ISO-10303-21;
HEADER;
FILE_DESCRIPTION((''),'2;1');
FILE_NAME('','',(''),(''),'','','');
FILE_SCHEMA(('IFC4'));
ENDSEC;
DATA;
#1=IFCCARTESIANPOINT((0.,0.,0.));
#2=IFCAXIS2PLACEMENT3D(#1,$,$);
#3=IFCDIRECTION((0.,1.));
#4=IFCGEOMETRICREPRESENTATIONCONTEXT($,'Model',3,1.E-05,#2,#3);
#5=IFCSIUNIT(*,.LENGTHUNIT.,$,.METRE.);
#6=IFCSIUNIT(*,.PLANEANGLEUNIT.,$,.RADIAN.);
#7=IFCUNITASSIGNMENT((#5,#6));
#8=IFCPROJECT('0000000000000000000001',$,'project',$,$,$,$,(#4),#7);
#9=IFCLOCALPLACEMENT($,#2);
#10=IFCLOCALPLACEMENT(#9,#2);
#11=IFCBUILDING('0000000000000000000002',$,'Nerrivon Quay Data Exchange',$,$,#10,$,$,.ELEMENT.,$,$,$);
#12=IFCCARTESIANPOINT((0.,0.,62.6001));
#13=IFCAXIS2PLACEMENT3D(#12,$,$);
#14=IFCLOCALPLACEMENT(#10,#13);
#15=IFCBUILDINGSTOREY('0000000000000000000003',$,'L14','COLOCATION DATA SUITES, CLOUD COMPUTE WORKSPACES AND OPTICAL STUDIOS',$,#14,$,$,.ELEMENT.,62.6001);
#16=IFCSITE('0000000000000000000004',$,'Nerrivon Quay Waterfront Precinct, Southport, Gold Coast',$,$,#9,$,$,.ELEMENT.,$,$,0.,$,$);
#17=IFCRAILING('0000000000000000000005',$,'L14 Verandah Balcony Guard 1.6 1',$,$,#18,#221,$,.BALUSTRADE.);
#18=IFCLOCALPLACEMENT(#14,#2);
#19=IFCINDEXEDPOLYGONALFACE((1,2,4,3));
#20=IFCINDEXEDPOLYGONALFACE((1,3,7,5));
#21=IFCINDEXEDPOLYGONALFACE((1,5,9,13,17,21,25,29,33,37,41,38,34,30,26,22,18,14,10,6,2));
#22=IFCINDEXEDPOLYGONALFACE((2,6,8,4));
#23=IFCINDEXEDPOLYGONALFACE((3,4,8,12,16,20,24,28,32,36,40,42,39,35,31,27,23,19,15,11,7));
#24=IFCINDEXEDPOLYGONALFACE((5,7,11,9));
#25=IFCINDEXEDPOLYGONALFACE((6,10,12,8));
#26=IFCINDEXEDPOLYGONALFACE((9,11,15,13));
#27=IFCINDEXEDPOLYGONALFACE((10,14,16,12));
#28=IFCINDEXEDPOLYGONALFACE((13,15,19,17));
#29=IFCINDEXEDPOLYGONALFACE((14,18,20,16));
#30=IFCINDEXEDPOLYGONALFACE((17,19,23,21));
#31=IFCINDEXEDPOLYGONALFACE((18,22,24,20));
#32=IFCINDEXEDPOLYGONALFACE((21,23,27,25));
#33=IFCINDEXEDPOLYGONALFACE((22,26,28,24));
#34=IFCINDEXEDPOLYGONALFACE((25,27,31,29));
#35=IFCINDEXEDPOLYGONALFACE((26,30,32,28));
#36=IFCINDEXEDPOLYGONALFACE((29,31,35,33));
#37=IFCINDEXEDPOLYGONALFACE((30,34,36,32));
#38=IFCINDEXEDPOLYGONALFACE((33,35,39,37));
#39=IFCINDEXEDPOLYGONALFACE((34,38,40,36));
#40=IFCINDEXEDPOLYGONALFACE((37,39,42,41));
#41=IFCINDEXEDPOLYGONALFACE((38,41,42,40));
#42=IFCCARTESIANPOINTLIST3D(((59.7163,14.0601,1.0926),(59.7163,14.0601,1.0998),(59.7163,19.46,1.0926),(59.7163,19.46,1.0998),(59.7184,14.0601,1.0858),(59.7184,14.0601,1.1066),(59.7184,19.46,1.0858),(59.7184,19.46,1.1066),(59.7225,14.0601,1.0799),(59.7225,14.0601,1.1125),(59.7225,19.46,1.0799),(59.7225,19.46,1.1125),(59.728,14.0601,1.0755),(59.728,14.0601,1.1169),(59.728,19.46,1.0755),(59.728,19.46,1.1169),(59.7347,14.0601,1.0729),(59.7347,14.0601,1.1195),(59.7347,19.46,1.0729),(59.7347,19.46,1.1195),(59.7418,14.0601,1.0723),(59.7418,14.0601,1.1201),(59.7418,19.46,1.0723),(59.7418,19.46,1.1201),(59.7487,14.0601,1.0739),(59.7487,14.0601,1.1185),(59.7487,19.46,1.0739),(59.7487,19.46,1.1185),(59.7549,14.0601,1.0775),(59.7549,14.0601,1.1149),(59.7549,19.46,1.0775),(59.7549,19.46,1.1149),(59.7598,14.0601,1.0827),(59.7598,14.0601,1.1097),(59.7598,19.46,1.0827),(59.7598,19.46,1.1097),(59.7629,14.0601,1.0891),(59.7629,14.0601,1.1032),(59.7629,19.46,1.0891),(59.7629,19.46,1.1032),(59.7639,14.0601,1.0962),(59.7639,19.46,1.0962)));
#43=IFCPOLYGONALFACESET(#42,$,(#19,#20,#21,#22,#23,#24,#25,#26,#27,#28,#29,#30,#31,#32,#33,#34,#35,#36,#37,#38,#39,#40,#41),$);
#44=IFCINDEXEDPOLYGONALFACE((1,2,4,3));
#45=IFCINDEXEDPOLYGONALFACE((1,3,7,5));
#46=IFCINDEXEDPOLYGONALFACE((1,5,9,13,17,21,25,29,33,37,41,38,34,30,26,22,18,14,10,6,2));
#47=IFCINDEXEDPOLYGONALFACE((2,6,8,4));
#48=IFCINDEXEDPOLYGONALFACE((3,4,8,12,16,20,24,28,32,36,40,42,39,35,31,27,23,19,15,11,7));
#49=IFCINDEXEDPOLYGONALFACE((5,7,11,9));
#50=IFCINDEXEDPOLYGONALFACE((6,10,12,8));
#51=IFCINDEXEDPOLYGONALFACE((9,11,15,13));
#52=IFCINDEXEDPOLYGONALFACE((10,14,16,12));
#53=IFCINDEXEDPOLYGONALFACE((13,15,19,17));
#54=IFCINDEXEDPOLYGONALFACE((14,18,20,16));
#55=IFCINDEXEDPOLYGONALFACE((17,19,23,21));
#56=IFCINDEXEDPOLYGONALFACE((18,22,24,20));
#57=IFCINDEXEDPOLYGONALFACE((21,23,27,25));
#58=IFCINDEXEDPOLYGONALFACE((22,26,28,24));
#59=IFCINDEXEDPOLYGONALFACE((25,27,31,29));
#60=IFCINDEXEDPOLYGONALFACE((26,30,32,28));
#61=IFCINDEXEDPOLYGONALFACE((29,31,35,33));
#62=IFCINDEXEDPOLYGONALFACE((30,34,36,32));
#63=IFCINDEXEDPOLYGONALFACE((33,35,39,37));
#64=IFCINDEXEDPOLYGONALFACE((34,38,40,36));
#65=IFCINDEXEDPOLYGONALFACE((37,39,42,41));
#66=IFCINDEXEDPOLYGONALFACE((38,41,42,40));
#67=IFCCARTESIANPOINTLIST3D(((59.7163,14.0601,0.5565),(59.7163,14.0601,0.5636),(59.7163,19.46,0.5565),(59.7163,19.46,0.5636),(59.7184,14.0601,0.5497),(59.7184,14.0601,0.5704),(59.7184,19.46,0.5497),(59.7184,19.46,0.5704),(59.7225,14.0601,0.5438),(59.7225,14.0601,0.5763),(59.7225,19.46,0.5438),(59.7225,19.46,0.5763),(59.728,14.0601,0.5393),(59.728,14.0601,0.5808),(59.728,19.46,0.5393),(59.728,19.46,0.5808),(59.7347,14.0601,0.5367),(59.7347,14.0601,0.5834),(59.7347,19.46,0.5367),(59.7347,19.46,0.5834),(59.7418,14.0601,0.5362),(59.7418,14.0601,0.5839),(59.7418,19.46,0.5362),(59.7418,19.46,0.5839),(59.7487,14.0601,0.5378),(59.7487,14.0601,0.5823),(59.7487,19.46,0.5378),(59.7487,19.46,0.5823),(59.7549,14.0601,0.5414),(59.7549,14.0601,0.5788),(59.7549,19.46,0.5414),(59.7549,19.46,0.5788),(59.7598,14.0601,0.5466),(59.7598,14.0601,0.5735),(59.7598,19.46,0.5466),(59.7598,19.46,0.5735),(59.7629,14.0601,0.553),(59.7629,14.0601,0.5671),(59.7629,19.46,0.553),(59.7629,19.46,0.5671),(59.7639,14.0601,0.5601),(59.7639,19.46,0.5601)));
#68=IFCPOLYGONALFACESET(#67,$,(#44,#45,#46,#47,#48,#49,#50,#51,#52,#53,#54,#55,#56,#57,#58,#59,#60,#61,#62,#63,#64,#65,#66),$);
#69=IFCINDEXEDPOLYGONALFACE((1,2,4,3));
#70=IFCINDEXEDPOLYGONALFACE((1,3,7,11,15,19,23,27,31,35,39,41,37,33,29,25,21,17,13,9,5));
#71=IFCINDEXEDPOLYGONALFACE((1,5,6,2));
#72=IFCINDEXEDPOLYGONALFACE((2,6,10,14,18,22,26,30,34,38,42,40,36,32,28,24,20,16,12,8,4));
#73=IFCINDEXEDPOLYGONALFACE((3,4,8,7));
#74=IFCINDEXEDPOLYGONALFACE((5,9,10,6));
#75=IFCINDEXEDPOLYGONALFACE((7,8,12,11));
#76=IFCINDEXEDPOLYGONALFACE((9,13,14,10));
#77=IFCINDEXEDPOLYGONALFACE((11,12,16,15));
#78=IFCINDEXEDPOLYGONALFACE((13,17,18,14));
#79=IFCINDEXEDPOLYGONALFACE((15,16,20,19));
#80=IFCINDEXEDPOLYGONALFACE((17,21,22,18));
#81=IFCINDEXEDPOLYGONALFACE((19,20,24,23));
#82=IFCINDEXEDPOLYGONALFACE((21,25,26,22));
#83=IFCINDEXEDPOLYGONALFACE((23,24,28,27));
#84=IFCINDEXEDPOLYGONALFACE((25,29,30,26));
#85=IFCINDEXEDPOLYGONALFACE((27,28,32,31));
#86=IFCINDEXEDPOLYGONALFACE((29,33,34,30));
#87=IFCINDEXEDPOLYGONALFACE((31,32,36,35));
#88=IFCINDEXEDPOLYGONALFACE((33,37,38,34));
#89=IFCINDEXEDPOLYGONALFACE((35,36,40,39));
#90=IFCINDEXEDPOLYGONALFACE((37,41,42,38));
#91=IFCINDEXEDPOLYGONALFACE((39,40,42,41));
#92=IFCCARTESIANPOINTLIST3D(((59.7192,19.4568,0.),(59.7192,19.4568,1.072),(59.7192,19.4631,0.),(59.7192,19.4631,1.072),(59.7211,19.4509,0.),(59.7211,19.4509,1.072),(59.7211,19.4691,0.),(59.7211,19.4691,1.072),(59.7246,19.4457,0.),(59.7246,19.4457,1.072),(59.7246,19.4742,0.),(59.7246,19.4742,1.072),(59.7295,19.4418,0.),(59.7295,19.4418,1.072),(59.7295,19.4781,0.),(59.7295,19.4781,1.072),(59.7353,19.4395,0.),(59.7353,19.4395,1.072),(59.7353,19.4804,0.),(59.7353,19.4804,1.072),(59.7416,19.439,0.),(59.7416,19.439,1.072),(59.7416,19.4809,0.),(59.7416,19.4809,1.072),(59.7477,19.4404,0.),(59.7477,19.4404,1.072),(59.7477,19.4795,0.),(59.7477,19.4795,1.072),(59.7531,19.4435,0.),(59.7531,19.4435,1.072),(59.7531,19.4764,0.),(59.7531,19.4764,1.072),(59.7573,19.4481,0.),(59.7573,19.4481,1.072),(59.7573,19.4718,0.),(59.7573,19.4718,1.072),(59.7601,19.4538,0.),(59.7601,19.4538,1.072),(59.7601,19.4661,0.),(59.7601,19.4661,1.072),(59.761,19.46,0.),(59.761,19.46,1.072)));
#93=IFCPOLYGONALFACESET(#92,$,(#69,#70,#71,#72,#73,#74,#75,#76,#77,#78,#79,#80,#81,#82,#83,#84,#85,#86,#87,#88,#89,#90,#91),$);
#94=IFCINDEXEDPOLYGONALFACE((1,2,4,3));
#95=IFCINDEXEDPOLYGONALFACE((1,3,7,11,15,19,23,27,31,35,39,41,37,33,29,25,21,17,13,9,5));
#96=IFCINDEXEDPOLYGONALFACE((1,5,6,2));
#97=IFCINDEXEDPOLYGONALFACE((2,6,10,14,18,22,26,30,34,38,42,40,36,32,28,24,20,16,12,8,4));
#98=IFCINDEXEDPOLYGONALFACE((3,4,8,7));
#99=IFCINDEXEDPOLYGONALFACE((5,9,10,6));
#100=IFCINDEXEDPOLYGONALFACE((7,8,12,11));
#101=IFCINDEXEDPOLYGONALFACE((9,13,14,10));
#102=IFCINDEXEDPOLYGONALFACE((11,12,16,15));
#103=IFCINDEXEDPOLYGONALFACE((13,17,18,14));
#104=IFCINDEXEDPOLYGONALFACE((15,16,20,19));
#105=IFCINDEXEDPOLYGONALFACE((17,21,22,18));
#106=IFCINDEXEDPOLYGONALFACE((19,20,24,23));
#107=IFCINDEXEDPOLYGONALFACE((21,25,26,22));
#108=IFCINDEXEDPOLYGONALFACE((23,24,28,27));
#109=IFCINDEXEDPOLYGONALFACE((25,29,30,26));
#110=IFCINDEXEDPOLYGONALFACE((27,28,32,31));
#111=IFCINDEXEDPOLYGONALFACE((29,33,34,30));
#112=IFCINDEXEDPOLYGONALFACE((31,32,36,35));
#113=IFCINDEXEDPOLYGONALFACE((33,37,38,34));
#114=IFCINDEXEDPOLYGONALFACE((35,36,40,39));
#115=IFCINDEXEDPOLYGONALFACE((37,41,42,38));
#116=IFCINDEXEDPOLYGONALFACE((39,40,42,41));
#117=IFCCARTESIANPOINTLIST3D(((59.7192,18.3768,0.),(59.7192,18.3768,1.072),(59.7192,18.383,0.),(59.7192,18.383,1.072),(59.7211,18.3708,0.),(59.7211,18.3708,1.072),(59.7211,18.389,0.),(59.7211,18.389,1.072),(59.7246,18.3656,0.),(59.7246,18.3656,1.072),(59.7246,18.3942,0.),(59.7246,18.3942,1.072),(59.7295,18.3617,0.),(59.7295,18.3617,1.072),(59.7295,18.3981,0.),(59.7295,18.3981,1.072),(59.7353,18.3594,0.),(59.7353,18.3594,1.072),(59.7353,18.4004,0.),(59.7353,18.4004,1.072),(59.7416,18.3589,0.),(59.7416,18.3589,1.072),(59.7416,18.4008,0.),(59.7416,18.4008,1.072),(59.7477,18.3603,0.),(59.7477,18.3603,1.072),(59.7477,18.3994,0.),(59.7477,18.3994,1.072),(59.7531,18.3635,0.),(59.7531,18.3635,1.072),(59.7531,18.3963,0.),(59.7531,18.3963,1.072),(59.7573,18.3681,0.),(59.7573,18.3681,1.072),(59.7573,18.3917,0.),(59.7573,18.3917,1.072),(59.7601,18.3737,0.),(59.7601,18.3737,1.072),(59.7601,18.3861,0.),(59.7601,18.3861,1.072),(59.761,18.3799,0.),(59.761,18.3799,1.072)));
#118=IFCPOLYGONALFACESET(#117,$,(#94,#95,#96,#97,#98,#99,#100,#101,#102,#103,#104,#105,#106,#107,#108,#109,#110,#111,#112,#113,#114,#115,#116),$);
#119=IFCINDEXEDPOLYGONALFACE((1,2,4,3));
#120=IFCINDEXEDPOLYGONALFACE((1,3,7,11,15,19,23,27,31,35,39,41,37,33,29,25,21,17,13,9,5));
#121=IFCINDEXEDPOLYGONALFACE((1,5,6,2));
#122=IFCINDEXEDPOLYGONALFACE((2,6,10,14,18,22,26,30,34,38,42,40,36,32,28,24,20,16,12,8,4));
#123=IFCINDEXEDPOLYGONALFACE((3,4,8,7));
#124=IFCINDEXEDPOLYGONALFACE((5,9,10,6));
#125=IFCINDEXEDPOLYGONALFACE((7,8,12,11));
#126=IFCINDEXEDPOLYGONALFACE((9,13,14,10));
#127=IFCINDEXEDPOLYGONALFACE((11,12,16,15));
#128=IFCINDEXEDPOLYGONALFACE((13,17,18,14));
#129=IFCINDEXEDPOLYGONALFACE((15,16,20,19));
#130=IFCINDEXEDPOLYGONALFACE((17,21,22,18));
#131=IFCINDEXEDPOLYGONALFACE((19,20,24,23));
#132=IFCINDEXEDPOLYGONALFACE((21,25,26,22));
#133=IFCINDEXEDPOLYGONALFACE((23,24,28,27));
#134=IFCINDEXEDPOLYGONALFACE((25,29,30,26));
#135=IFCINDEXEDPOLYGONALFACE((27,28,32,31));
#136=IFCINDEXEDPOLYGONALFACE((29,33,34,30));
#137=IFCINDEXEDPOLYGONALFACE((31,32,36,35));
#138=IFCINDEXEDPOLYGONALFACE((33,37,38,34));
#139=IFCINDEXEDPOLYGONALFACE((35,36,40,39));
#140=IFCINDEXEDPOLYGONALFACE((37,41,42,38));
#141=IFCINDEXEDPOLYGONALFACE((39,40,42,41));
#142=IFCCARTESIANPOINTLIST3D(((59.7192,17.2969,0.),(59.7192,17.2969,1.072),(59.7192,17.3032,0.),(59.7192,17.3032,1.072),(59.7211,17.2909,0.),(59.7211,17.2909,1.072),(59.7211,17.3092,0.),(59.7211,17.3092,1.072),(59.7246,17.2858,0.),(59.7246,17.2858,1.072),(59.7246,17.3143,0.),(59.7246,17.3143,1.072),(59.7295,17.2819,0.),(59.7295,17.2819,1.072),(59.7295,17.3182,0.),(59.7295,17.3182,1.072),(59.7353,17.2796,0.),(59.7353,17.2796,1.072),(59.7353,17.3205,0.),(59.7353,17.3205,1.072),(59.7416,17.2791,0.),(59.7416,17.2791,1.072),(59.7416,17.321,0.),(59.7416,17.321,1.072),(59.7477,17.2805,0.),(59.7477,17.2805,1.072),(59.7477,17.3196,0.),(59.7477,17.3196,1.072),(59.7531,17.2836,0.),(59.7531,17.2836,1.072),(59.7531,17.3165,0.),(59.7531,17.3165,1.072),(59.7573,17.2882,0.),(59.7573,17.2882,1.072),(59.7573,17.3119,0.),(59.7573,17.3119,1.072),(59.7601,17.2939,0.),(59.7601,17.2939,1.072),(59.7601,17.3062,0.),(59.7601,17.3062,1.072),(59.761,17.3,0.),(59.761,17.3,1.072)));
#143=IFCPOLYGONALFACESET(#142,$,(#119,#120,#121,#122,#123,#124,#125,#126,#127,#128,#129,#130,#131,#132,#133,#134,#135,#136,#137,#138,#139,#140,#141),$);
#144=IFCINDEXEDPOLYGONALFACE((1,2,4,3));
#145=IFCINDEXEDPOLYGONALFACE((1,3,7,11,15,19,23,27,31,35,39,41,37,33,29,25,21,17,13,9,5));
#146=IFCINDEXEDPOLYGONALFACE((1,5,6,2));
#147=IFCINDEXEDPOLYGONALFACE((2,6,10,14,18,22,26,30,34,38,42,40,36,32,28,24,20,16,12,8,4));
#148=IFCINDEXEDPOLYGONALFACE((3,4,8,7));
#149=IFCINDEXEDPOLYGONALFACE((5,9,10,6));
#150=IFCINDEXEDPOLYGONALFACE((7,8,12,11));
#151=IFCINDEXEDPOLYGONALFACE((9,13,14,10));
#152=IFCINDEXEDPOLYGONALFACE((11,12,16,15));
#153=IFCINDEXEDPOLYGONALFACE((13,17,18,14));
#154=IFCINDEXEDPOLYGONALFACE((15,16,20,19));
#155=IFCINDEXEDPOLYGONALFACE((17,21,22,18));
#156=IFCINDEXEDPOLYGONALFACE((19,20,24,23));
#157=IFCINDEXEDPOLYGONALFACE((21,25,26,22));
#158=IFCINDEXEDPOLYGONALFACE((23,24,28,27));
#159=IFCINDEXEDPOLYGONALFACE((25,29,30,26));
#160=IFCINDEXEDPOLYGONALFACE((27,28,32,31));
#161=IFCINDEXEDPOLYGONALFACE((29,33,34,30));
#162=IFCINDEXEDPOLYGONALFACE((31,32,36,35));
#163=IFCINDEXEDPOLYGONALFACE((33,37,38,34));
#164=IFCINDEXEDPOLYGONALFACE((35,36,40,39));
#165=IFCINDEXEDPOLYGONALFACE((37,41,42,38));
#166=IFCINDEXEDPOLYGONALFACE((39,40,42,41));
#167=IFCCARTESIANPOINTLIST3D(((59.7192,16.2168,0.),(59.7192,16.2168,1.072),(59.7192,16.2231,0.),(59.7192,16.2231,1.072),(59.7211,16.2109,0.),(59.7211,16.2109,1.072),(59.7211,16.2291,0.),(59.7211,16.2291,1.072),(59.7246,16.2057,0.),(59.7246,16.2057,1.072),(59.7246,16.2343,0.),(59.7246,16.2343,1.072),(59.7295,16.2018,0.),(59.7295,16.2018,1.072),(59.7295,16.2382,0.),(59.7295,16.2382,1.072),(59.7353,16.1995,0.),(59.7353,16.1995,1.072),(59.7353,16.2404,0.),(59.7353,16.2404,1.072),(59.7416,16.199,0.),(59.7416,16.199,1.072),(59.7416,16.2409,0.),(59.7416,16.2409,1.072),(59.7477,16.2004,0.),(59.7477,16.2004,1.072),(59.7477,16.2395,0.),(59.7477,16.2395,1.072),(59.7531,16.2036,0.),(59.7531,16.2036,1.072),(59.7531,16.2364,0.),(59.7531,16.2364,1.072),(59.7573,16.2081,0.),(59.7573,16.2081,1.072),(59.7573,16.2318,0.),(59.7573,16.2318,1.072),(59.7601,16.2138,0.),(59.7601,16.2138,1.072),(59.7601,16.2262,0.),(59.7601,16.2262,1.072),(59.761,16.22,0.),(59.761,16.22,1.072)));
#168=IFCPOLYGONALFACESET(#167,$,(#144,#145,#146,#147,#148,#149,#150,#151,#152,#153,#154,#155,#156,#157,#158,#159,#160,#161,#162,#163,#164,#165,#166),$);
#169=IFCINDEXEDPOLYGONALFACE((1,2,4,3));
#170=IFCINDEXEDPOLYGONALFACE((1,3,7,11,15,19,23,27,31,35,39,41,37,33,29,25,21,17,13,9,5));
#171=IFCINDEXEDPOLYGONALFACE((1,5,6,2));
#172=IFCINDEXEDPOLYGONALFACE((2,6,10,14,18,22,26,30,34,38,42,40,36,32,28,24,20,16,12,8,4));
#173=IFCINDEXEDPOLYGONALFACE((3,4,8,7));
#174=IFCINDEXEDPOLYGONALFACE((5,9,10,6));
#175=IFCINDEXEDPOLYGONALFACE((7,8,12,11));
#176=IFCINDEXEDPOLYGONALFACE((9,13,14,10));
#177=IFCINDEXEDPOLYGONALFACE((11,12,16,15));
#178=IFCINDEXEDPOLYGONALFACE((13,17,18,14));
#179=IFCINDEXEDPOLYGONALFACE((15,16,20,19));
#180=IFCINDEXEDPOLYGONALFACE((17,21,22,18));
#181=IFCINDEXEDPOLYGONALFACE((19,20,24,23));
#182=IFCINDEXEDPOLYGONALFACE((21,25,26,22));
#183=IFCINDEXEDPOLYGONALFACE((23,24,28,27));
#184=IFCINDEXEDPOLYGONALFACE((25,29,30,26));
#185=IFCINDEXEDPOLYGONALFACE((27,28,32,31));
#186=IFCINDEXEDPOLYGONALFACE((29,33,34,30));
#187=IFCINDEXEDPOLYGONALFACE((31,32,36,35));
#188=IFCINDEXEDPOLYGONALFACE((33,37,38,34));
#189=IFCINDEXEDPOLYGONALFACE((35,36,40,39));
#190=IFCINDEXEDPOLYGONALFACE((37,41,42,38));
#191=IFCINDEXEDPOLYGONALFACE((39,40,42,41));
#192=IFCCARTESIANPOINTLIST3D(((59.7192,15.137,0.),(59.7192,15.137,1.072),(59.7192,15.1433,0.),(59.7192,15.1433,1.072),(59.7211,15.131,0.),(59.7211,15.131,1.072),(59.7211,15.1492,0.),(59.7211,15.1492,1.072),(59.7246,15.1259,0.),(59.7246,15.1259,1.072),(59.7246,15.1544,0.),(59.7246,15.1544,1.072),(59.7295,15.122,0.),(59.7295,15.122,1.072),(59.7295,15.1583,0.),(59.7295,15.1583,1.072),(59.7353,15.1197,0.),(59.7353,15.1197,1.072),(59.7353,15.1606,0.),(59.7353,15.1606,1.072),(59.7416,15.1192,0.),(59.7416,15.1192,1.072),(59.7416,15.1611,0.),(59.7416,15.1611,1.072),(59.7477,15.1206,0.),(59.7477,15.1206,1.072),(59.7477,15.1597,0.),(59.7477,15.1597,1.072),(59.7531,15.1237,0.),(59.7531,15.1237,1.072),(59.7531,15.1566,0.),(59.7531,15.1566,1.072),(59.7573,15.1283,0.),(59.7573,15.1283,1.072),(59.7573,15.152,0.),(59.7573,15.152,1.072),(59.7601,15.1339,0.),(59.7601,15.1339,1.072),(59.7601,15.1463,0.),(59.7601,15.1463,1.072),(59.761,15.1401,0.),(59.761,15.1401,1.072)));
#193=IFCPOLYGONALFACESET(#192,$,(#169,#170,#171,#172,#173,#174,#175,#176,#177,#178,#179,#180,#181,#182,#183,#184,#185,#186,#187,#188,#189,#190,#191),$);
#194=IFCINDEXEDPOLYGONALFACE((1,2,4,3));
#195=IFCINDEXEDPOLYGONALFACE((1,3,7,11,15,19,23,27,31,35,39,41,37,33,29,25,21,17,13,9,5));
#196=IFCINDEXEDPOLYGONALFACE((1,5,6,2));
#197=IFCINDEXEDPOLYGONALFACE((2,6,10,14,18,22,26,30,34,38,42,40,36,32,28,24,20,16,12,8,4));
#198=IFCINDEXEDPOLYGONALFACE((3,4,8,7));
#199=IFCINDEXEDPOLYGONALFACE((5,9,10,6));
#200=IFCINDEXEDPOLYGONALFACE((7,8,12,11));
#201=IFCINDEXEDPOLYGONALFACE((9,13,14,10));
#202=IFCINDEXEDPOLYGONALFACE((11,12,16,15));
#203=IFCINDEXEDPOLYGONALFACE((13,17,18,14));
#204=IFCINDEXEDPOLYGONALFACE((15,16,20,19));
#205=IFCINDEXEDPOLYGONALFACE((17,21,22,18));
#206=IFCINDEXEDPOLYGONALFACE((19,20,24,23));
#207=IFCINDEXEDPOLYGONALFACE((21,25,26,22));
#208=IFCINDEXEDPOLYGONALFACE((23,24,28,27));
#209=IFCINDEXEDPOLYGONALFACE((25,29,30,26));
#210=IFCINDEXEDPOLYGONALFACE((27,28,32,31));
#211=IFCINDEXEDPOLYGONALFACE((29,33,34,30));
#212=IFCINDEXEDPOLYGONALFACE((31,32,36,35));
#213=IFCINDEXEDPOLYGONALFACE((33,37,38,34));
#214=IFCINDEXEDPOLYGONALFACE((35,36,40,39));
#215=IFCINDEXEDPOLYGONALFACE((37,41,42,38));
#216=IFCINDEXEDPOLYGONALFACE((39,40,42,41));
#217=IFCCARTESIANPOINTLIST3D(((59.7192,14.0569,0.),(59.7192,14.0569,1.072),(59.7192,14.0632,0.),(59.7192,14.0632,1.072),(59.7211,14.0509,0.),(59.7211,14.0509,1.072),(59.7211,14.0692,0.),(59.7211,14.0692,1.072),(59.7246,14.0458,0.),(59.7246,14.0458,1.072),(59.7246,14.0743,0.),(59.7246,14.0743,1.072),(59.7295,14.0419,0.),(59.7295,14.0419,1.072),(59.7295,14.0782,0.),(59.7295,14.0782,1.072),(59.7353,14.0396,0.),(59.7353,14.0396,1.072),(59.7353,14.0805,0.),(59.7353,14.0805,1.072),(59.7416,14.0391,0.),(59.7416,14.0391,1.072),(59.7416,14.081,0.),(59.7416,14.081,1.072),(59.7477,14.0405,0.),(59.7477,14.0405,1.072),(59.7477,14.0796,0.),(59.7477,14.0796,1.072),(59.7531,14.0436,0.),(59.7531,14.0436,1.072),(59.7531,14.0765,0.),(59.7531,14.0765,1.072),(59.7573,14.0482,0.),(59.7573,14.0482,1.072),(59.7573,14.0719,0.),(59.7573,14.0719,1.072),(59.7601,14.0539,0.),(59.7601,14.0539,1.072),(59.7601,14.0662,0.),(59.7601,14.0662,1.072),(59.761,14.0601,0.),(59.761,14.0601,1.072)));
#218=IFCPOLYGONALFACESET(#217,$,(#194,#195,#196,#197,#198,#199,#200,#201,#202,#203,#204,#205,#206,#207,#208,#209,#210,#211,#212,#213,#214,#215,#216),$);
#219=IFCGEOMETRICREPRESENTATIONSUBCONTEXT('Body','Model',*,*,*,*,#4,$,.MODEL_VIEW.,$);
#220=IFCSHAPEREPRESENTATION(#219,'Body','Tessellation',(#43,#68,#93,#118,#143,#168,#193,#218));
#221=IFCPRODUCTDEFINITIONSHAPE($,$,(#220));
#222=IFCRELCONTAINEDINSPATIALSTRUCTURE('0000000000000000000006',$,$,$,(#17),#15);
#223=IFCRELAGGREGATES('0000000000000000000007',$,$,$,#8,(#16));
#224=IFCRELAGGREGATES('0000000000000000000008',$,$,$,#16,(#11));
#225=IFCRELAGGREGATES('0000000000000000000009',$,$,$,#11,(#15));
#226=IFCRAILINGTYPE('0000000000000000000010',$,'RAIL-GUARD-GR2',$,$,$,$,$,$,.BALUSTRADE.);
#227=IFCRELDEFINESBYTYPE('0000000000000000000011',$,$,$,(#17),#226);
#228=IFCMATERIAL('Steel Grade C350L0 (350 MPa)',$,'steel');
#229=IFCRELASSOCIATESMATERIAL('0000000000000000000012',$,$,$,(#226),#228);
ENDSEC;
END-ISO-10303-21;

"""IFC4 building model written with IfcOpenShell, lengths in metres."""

from ifc_helpers import new_model, si_unit, direction, frame, origin, origin_2d, place, context, subcontext, project, spatial, circle, extrude, material, type_object, element, save


model = new_model("IFC4")

# Units and contexts
model_context = context("Model", 3, precision=1e-05, world=origin(), true_north=direction((0.0, 1.0)))
body_context = subcontext(model_context, "Body", "Model", "MODEL_VIEW")
ifc_project = project(units=[si_unit("LENGTHUNIT", "METRE"), si_unit("PLANEANGLEUNIT", "RADIAN")], contexts=[model_context])

# Site, building, storey
site_placement = place(None, origin())
site = spatial("IfcSite", under=ifc_project, at=site_placement, Name="Nerrivon Quay Waterfront Precinct, Southport, Gold Coast", CompositionType="ELEMENT", RefElevation=0.0)
building_placement = place(site_placement, origin())
building = spatial("IfcBuilding", under=site, at=building_placement, Name="Nerrivon Quay Data Exchange", CompositionType="ELEMENT")
storey_placement = place(building_placement, frame((0.0, 0.0, 62.6001)))
storey = spatial("IfcBuildingStorey", under=building, at=storey_placement, Name="L14", Description="COLOCATION DATA SUITES, CLOUD COMPUTE WORKSPACES AND OPTICAL STUDIOS", CompositionType="ELEMENT", Elevation=62.6001)

# Shared definitions
ifc_material_1 = material(Name="Steel Grade C350L0 (350 MPa)", Category="steel")

# Railing
railing_type = type_object("IfcRailingType", Name="RAIL-GUARD-GR2", PredefinedType="BALUSTRADE", material=ifc_material_1)
railing_1_placement = place(storey_placement, frame((59.74, 19.46, 0.0)))
element("IfcRailing", 1, at=railing_1_placement, inside=storey, type_object=railing_type, Name="L14 Verandah Balcony Guard 1.6 1", PredefinedType="BALUSTRADE", context=body_context, shape_type="SweptSolid", body=[
    extrude(circle(Radius=0.0239, at=origin_2d()), frame((0.0, 0.0, 1.0962), z_axis=(0.0, -1.0, 0.0), x_axis=(1.0, 0.0, 0.0)), (0.0, 0.0, 1.0), 5.3999),
    extrude(circle(Radius=0.0239, at=origin_2d()), frame((0.0, 0.0, 0.5601), z_axis=(0.0, -1.0, 0.0), x_axis=(1.0, 0.0, 0.0)), (0.0, 0.0, 1.0), 5.3999),
    extrude(circle(Radius=0.021, at=origin_2d()), origin(), (0.0, 0.0, 1.0), 1.072),
    extrude(circle(Radius=0.021, at=origin_2d()), frame((0.0, -1.0801, 0.0)), (0.0, 0.0, 1.0), 1.072),
    extrude(circle(Radius=0.021, at=origin_2d()), frame((0.0, -2.1599, 0.0)), (0.0, 0.0, 1.0), 1.072),
    extrude(circle(Radius=0.021, at=origin_2d()), frame((0.0, -3.24, 0.0)), (0.0, 0.0, 1.0), 1.072),
    extrude(circle(Radius=0.021, at=origin_2d()), frame((0.0, -4.3198, 0.0)), (0.0, 0.0, 1.0), 1.072),
    extrude(circle(Radius=0.021, at=origin_2d()), frame((0.0, -5.3999, 0.0)), (0.0, 0.0, 1.0), 1.072),
])

save(model, "model.ifc")
